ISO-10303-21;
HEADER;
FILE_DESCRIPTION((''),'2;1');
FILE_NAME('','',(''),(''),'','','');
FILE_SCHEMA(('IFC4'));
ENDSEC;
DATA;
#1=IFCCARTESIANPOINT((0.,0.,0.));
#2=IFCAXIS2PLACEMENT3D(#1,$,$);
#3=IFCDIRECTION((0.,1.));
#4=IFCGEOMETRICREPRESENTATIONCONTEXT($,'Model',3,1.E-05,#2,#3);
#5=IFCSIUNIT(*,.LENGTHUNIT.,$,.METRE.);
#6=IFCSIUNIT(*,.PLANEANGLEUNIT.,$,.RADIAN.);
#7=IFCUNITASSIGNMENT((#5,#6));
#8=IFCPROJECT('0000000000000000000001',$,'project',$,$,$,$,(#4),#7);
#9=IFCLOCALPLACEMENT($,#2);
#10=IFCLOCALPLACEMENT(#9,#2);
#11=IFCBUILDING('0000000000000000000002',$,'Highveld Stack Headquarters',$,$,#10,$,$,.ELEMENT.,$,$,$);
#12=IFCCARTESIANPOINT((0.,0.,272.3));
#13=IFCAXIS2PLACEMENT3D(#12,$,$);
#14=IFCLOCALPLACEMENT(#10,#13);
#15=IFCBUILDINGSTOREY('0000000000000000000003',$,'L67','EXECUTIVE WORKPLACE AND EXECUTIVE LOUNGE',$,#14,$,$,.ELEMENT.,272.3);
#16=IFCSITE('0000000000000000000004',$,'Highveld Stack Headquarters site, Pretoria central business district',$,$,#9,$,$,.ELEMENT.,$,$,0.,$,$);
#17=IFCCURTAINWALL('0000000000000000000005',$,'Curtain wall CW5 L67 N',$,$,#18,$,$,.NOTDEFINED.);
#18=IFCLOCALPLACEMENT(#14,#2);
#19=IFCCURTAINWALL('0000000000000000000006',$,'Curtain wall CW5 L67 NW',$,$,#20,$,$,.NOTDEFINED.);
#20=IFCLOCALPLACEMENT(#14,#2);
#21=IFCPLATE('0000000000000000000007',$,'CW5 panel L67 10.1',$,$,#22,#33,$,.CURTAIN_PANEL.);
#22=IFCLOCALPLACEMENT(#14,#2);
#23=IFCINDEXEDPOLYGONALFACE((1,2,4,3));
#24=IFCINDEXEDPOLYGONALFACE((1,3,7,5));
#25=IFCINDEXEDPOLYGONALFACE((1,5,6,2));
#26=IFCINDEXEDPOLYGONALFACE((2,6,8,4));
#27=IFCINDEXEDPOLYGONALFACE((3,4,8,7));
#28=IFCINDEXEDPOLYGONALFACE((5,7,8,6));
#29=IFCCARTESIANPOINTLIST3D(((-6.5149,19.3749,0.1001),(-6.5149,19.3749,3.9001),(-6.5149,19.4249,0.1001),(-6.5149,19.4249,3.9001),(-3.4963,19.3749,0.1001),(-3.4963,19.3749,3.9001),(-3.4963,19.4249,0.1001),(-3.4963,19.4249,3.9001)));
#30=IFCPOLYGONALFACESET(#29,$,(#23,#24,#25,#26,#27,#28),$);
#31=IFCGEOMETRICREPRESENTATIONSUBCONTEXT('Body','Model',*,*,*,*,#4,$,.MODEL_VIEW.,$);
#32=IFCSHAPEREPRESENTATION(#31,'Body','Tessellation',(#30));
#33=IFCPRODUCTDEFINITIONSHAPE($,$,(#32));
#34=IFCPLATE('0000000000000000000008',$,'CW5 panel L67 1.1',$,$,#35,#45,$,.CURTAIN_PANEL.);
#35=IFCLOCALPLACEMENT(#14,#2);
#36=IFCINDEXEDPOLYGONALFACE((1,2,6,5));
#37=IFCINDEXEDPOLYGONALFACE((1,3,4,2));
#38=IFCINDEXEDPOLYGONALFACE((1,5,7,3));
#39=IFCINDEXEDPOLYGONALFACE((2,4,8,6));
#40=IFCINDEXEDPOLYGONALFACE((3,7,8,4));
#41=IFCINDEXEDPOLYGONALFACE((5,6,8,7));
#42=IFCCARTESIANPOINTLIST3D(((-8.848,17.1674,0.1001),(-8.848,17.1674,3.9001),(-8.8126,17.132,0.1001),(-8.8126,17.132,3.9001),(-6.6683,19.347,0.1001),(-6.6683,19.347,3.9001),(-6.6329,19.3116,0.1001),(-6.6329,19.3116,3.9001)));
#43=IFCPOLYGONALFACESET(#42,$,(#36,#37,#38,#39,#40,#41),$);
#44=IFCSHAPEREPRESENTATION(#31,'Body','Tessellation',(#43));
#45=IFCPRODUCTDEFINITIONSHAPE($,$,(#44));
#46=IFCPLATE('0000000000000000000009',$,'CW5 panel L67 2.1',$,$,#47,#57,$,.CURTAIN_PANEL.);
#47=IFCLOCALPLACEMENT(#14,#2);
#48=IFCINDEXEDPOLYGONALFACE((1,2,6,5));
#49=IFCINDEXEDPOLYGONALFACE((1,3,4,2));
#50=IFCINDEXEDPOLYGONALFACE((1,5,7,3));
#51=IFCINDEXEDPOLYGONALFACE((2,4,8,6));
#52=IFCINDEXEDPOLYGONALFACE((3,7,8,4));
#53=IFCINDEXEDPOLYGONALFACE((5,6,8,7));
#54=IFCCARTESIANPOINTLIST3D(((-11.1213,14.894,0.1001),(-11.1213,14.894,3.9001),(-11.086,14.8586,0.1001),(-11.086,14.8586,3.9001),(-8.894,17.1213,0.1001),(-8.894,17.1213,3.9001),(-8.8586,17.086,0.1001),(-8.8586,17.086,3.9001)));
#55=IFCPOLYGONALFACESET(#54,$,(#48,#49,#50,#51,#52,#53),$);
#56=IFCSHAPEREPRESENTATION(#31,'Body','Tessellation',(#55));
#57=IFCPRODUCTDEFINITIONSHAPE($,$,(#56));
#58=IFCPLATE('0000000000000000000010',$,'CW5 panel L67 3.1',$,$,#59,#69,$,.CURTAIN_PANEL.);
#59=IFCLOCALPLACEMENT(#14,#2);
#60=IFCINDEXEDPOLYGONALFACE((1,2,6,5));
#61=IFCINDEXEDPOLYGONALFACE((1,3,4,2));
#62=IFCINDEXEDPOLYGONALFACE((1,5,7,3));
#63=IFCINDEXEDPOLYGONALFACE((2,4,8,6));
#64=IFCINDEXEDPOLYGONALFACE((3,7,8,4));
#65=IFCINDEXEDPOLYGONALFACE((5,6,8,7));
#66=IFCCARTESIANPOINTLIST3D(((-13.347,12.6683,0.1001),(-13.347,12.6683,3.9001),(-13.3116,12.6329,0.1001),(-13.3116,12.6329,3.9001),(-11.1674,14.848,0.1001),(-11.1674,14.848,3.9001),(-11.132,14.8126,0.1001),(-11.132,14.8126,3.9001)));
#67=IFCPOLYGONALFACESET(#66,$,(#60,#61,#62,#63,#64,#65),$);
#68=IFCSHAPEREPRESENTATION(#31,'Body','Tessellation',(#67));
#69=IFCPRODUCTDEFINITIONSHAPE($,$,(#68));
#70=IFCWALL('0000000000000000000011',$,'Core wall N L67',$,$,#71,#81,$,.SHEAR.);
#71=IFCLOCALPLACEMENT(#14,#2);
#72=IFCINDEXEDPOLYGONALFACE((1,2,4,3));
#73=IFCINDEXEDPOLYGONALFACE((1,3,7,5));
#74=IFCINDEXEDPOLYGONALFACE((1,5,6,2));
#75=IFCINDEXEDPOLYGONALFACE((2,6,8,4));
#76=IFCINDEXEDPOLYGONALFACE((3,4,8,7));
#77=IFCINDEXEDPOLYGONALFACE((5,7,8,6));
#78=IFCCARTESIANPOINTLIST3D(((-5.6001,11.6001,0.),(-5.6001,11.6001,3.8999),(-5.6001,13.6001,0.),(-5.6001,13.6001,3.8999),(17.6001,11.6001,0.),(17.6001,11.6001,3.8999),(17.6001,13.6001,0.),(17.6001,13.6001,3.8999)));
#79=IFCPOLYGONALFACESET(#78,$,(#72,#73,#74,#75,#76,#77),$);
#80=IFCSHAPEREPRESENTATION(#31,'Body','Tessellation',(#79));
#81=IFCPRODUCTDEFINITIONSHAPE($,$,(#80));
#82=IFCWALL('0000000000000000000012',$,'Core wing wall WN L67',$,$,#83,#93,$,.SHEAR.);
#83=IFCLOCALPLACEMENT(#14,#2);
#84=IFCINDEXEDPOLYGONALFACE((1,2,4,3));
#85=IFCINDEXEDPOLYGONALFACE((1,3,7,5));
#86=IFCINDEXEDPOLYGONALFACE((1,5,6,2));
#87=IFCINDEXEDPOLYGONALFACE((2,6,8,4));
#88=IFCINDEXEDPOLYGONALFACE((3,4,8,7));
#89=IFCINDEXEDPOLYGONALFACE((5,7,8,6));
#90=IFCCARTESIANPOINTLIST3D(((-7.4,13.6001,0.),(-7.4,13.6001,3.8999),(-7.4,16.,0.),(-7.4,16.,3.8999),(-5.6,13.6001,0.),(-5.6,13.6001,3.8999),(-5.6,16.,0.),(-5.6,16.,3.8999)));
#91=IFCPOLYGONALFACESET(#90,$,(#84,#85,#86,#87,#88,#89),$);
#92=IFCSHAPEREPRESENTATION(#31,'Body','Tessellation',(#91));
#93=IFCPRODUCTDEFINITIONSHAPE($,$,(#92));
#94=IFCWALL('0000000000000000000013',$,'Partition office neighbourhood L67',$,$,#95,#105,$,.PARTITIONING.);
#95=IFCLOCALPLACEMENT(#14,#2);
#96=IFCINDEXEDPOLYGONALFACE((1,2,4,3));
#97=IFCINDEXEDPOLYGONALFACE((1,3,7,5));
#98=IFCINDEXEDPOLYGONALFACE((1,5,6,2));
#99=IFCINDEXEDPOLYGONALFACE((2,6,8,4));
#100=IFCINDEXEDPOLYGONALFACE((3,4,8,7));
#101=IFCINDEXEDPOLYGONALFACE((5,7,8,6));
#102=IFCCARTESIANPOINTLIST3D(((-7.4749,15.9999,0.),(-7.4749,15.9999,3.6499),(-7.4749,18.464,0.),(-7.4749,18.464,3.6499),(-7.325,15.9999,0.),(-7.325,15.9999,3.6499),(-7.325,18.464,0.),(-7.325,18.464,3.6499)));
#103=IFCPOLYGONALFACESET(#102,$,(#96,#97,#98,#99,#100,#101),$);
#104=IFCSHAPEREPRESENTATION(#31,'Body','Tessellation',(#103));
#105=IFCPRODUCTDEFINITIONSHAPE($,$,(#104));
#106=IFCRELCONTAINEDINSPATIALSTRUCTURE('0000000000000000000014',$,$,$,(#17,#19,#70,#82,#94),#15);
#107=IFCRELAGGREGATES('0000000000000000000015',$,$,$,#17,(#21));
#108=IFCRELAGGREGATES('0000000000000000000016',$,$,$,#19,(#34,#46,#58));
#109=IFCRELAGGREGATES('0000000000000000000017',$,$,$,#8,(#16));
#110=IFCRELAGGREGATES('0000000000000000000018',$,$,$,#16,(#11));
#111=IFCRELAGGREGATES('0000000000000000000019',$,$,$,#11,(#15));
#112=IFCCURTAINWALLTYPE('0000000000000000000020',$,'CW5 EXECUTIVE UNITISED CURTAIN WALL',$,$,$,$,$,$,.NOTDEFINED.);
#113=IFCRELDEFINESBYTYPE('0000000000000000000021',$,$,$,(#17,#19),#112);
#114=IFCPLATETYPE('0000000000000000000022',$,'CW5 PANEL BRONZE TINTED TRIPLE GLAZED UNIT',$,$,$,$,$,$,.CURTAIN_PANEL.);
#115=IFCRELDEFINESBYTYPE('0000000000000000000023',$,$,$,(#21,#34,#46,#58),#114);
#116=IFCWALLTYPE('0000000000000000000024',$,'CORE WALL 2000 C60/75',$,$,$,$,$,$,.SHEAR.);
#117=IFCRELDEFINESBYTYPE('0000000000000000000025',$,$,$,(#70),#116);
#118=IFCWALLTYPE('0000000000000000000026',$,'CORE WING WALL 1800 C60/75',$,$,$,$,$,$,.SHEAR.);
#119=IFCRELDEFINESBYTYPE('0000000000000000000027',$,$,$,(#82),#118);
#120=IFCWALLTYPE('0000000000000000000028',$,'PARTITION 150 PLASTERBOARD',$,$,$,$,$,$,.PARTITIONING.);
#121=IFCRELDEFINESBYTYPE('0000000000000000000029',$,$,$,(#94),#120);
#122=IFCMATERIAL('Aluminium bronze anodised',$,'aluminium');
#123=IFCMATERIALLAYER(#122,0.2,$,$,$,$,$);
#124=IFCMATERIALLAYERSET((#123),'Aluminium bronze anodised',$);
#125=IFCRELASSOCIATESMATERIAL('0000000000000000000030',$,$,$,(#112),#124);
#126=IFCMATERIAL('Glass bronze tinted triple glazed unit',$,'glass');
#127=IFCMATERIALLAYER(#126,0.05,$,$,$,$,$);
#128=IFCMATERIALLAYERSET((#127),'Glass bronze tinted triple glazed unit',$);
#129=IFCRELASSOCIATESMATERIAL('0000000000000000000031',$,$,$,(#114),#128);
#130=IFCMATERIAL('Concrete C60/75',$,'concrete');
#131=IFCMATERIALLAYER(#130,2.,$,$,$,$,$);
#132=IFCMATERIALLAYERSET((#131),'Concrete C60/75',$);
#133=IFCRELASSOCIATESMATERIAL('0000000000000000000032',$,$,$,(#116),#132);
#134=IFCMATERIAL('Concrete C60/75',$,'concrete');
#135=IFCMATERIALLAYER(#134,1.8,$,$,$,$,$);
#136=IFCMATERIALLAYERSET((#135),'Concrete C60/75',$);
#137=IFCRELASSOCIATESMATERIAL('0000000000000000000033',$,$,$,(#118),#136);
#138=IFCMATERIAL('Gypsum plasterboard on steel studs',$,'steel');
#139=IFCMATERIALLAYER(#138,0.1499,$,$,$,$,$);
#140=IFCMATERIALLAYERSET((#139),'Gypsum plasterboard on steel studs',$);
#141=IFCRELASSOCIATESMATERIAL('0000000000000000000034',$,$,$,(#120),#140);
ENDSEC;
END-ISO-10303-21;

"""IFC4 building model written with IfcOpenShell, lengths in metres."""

from ifc_helpers import new_model, si_unit, direction, frame, frame_2d, origin, origin_2d, place, context, subcontext, project, spatial, rectangle, extrude, material, layer, layer_set, type_object, element, aggregate, save


model = new_model("IFC4")

# Units and contexts
model_context = context("Model", 3, precision=1e-05, world=origin(), true_north=direction((0.0, 1.0)))
body_context = subcontext(model_context, "Body", "Model", "MODEL_VIEW")
ifc_project = project(units=[si_unit("LENGTHUNIT", "METRE"), si_unit("PLANEANGLEUNIT", "RADIAN")], contexts=[model_context])

# Site, building, storey
site_placement = place(None, origin())
site = spatial("IfcSite", under=ifc_project, at=site_placement, Name="Highveld Stack Headquarters site, Pretoria central business district", CompositionType="ELEMENT", RefElevation=0.0)
building_placement = place(site_placement, origin())
building = spatial("IfcBuilding", under=site, at=building_placement, Name="Highveld Stack Headquarters", CompositionType="ELEMENT")
storey_placement = place(building_placement, frame((0.0, 0.0, 272.3)))
storey = spatial("IfcBuildingStorey", under=building, at=storey_placement, Name="L67", Description="EXECUTIVE WORKPLACE AND EXECUTIVE LOUNGE", CompositionType="ELEMENT", Elevation=272.3)

# Curtain wall
ifc_material_1 = material(Name="Aluminium bronze anodised", Category="aluminium")
ifc_layer_1 = layer(ifc_material_1, 0.2)
ifc_layer_set_1 = layer_set([ifc_layer_1], Name="Aluminium bronze anodised")
curtain_wall_type = type_object("IfcCurtainWallType", Name="CW5 EXECUTIVE UNITISED CURTAIN WALL", PredefinedType="NOTDEFINED", material=ifc_layer_set_1)
curtain_wall_1_placement = place(storey_placement, origin())
curtain_wall_1 = element("IfcCurtainWall", 1, at=curtain_wall_1_placement, inside=storey, type_object=curtain_wall_type, Name="Curtain wall CW5 L67 N", PredefinedType="NOTDEFINED")

# Curtain wall
curtain_wall_2_placement = place(storey_placement, origin())
curtain_wall_2 = element("IfcCurtainWall", 2, at=curtain_wall_2_placement, inside=storey, type_object=curtain_wall_type, Name="Curtain wall CW5 L67 NW", PredefinedType="NOTDEFINED")

# Plates
ifc_material_2 = material(Name="Glass bronze tinted triple glazed unit", Category="glass")
ifc_layer_2 = layer(ifc_material_2, 0.05)
ifc_layer_set_2 = layer_set([ifc_layer_2], Name="Glass bronze tinted triple glazed unit")
plate_type = type_object("IfcPlateType", Name="CW5 PANEL BRONZE TINTED TRIPLE GLAZED UNIT", PredefinedType="CURTAIN_PANEL", material=ifc_layer_set_2)
plate_1_placement = place(storey_placement, frame((-5.0056, 19.3999, 0.1001), z_axis=(0.0, 0.0, 1.0), x_axis=(-1.0, 0.0, 0.0)))
plate_1 = element("IfcPlate", 3, at=plate_1_placement, type_object=plate_type, Name="CW5 panel L67 10.1", PredefinedType="CURTAIN_PANEL", context=body_context, shape_type="SweptSolid", body=[
    extrude(rectangle(XDim=3.0186, YDim=0.05, at=origin_2d()), origin(), (0.0, 0.0, 1.0), 3.8),
])
aggregate(curtain_wall_1, [plate_1])
plate_2_placement = place(storey_placement, frame((-7.7405, 18.2395, 0.1001), z_axis=(0.0, 0.0, 1.0), x_axis=(-0.707107, -0.707107, 0.0)))
plate_2 = element("IfcPlate", 4, at=plate_2_placement, type_object=plate_type, Name="CW5 panel L67 1.1", PredefinedType="CURTAIN_PANEL", context=body_context, shape_type="SweptSolid", body=[
    extrude(rectangle(XDim=3.0825, YDim=0.05, at=origin_2d()), origin(), (0.0, 0.0, 1.0), 3.8),
])
plate_3_placement = place(storey_placement, frame((-9.99, 15.99, 0.1001), z_axis=(0.0, 0.0, 1.0), x_axis=(-0.707107, -0.707107, 0.0)))
plate_3 = element("IfcPlate", 5, at=plate_3_placement, type_object=plate_type, Name="CW5 panel L67 2.1", PredefinedType="CURTAIN_PANEL", context=body_context, shape_type="SweptSolid", body=[
    extrude(rectangle(XDim=3.1499, YDim=0.05, at=origin_2d()), origin(), (0.0, 0.0, 1.0), 3.8),
])
plate_4_placement = place(storey_placement, frame((-12.2395, 13.7405, 0.1001), z_axis=(0.0, 0.0, 1.0), x_axis=(-0.707107, -0.707107, 0.0)))
plate_4 = element("IfcPlate", 6, at=plate_4_placement, type_object=plate_type, Name="CW5 panel L67 3.1", PredefinedType="CURTAIN_PANEL", context=body_context, shape_type="SweptSolid", body=[
    extrude(rectangle(XDim=3.0825, YDim=0.05, at=origin_2d()), origin(), (0.0, 0.0, 1.0), 3.8),
])
aggregate(curtain_wall_2, [plate_2, plate_3, plate_4])

# Walls
ifc_material_3 = material(Name="Concrete C60/75", Category="concrete")
ifc_layer_3 = layer(ifc_material_3, 2.0)
ifc_layer_set_3 = layer_set([ifc_layer_3], Name="Concrete C60/75")
wall_type_1 = type_object("IfcWallType", Name="CORE WALL 2000 C60/75", PredefinedType="SHEAR", material=ifc_layer_set_3)
wall_1_placement = place(storey_placement, frame((-5.6001, 12.6001, 0.0), z_axis=(0.0, 0.0, 1.0), x_axis=(1.0, 0.0, 0.0)))
element("IfcWall", 7, at=wall_1_placement, inside=storey, type_object=wall_type_1, Name="Core wall N L67", PredefinedType="SHEAR", context=body_context, shape_type="SweptSolid", body=[
    extrude(rectangle(XDim=23.2002, YDim=2.0, at=frame_2d((11.6001, 0.0))), origin(), (0.0, 0.0, 1.0), 3.8999),
])
ifc_material_4 = material(Name="Concrete C60/75", Category="concrete")
ifc_layer_4 = layer(ifc_material_4, 1.8)
ifc_layer_set_4 = layer_set([ifc_layer_4], Name="Concrete C60/75")
wall_type_2 = type_object("IfcWallType", Name="CORE WING WALL 1800 C60/75", PredefinedType="SHEAR", material=ifc_layer_set_4)
wall_2_placement = place(storey_placement, frame((-6.5, 13.6001, 0.0), z_axis=(0.0, 0.0, 1.0), x_axis=(0.0, 1.0, 0.0)))
element("IfcWall", 8, at=wall_2_placement, inside=storey, type_object=wall_type_2, Name="Core wing wall WN L67", PredefinedType="SHEAR", context=body_context, shape_type="SweptSolid", body=[
    extrude(rectangle(XDim=2.3999, YDim=1.8, at=frame_2d((1.2, 0.0))), origin(), (0.0, 0.0, 1.0), 3.8999),
])
ifc_material_5 = material(Name="Gypsum plasterboard on steel studs", Category="steel")
ifc_layer_5 = layer(ifc_material_5, 0.1499)
ifc_layer_set_5 = layer_set([ifc_layer_5], Name="Gypsum plasterboard on steel studs")
wall_type_3 = type_object("IfcWallType", Name="PARTITION 150 PLASTERBOARD", PredefinedType="PARTITIONING", material=ifc_layer_set_5)
wall_3_placement = place(storey_placement, frame((-7.3999, 16.0, 0.0), z_axis=(0.0, 0.0, 1.0), x_axis=(0.0, 1.0, 0.0)))
element("IfcWall", 9, at=wall_3_placement, inside=storey, type_object=wall_type_3, Name="Partition office neighbourhood L67", PredefinedType="PARTITIONING", context=body_context, shape_type="SweptSolid", body=[
    extrude(rectangle(XDim=2.4641, YDim=0.1499, at=frame_2d((1.2319, 0.0))), origin(), (0.0, 0.0, 1.0), 3.6499),
])

save(model, "model.ifc")
